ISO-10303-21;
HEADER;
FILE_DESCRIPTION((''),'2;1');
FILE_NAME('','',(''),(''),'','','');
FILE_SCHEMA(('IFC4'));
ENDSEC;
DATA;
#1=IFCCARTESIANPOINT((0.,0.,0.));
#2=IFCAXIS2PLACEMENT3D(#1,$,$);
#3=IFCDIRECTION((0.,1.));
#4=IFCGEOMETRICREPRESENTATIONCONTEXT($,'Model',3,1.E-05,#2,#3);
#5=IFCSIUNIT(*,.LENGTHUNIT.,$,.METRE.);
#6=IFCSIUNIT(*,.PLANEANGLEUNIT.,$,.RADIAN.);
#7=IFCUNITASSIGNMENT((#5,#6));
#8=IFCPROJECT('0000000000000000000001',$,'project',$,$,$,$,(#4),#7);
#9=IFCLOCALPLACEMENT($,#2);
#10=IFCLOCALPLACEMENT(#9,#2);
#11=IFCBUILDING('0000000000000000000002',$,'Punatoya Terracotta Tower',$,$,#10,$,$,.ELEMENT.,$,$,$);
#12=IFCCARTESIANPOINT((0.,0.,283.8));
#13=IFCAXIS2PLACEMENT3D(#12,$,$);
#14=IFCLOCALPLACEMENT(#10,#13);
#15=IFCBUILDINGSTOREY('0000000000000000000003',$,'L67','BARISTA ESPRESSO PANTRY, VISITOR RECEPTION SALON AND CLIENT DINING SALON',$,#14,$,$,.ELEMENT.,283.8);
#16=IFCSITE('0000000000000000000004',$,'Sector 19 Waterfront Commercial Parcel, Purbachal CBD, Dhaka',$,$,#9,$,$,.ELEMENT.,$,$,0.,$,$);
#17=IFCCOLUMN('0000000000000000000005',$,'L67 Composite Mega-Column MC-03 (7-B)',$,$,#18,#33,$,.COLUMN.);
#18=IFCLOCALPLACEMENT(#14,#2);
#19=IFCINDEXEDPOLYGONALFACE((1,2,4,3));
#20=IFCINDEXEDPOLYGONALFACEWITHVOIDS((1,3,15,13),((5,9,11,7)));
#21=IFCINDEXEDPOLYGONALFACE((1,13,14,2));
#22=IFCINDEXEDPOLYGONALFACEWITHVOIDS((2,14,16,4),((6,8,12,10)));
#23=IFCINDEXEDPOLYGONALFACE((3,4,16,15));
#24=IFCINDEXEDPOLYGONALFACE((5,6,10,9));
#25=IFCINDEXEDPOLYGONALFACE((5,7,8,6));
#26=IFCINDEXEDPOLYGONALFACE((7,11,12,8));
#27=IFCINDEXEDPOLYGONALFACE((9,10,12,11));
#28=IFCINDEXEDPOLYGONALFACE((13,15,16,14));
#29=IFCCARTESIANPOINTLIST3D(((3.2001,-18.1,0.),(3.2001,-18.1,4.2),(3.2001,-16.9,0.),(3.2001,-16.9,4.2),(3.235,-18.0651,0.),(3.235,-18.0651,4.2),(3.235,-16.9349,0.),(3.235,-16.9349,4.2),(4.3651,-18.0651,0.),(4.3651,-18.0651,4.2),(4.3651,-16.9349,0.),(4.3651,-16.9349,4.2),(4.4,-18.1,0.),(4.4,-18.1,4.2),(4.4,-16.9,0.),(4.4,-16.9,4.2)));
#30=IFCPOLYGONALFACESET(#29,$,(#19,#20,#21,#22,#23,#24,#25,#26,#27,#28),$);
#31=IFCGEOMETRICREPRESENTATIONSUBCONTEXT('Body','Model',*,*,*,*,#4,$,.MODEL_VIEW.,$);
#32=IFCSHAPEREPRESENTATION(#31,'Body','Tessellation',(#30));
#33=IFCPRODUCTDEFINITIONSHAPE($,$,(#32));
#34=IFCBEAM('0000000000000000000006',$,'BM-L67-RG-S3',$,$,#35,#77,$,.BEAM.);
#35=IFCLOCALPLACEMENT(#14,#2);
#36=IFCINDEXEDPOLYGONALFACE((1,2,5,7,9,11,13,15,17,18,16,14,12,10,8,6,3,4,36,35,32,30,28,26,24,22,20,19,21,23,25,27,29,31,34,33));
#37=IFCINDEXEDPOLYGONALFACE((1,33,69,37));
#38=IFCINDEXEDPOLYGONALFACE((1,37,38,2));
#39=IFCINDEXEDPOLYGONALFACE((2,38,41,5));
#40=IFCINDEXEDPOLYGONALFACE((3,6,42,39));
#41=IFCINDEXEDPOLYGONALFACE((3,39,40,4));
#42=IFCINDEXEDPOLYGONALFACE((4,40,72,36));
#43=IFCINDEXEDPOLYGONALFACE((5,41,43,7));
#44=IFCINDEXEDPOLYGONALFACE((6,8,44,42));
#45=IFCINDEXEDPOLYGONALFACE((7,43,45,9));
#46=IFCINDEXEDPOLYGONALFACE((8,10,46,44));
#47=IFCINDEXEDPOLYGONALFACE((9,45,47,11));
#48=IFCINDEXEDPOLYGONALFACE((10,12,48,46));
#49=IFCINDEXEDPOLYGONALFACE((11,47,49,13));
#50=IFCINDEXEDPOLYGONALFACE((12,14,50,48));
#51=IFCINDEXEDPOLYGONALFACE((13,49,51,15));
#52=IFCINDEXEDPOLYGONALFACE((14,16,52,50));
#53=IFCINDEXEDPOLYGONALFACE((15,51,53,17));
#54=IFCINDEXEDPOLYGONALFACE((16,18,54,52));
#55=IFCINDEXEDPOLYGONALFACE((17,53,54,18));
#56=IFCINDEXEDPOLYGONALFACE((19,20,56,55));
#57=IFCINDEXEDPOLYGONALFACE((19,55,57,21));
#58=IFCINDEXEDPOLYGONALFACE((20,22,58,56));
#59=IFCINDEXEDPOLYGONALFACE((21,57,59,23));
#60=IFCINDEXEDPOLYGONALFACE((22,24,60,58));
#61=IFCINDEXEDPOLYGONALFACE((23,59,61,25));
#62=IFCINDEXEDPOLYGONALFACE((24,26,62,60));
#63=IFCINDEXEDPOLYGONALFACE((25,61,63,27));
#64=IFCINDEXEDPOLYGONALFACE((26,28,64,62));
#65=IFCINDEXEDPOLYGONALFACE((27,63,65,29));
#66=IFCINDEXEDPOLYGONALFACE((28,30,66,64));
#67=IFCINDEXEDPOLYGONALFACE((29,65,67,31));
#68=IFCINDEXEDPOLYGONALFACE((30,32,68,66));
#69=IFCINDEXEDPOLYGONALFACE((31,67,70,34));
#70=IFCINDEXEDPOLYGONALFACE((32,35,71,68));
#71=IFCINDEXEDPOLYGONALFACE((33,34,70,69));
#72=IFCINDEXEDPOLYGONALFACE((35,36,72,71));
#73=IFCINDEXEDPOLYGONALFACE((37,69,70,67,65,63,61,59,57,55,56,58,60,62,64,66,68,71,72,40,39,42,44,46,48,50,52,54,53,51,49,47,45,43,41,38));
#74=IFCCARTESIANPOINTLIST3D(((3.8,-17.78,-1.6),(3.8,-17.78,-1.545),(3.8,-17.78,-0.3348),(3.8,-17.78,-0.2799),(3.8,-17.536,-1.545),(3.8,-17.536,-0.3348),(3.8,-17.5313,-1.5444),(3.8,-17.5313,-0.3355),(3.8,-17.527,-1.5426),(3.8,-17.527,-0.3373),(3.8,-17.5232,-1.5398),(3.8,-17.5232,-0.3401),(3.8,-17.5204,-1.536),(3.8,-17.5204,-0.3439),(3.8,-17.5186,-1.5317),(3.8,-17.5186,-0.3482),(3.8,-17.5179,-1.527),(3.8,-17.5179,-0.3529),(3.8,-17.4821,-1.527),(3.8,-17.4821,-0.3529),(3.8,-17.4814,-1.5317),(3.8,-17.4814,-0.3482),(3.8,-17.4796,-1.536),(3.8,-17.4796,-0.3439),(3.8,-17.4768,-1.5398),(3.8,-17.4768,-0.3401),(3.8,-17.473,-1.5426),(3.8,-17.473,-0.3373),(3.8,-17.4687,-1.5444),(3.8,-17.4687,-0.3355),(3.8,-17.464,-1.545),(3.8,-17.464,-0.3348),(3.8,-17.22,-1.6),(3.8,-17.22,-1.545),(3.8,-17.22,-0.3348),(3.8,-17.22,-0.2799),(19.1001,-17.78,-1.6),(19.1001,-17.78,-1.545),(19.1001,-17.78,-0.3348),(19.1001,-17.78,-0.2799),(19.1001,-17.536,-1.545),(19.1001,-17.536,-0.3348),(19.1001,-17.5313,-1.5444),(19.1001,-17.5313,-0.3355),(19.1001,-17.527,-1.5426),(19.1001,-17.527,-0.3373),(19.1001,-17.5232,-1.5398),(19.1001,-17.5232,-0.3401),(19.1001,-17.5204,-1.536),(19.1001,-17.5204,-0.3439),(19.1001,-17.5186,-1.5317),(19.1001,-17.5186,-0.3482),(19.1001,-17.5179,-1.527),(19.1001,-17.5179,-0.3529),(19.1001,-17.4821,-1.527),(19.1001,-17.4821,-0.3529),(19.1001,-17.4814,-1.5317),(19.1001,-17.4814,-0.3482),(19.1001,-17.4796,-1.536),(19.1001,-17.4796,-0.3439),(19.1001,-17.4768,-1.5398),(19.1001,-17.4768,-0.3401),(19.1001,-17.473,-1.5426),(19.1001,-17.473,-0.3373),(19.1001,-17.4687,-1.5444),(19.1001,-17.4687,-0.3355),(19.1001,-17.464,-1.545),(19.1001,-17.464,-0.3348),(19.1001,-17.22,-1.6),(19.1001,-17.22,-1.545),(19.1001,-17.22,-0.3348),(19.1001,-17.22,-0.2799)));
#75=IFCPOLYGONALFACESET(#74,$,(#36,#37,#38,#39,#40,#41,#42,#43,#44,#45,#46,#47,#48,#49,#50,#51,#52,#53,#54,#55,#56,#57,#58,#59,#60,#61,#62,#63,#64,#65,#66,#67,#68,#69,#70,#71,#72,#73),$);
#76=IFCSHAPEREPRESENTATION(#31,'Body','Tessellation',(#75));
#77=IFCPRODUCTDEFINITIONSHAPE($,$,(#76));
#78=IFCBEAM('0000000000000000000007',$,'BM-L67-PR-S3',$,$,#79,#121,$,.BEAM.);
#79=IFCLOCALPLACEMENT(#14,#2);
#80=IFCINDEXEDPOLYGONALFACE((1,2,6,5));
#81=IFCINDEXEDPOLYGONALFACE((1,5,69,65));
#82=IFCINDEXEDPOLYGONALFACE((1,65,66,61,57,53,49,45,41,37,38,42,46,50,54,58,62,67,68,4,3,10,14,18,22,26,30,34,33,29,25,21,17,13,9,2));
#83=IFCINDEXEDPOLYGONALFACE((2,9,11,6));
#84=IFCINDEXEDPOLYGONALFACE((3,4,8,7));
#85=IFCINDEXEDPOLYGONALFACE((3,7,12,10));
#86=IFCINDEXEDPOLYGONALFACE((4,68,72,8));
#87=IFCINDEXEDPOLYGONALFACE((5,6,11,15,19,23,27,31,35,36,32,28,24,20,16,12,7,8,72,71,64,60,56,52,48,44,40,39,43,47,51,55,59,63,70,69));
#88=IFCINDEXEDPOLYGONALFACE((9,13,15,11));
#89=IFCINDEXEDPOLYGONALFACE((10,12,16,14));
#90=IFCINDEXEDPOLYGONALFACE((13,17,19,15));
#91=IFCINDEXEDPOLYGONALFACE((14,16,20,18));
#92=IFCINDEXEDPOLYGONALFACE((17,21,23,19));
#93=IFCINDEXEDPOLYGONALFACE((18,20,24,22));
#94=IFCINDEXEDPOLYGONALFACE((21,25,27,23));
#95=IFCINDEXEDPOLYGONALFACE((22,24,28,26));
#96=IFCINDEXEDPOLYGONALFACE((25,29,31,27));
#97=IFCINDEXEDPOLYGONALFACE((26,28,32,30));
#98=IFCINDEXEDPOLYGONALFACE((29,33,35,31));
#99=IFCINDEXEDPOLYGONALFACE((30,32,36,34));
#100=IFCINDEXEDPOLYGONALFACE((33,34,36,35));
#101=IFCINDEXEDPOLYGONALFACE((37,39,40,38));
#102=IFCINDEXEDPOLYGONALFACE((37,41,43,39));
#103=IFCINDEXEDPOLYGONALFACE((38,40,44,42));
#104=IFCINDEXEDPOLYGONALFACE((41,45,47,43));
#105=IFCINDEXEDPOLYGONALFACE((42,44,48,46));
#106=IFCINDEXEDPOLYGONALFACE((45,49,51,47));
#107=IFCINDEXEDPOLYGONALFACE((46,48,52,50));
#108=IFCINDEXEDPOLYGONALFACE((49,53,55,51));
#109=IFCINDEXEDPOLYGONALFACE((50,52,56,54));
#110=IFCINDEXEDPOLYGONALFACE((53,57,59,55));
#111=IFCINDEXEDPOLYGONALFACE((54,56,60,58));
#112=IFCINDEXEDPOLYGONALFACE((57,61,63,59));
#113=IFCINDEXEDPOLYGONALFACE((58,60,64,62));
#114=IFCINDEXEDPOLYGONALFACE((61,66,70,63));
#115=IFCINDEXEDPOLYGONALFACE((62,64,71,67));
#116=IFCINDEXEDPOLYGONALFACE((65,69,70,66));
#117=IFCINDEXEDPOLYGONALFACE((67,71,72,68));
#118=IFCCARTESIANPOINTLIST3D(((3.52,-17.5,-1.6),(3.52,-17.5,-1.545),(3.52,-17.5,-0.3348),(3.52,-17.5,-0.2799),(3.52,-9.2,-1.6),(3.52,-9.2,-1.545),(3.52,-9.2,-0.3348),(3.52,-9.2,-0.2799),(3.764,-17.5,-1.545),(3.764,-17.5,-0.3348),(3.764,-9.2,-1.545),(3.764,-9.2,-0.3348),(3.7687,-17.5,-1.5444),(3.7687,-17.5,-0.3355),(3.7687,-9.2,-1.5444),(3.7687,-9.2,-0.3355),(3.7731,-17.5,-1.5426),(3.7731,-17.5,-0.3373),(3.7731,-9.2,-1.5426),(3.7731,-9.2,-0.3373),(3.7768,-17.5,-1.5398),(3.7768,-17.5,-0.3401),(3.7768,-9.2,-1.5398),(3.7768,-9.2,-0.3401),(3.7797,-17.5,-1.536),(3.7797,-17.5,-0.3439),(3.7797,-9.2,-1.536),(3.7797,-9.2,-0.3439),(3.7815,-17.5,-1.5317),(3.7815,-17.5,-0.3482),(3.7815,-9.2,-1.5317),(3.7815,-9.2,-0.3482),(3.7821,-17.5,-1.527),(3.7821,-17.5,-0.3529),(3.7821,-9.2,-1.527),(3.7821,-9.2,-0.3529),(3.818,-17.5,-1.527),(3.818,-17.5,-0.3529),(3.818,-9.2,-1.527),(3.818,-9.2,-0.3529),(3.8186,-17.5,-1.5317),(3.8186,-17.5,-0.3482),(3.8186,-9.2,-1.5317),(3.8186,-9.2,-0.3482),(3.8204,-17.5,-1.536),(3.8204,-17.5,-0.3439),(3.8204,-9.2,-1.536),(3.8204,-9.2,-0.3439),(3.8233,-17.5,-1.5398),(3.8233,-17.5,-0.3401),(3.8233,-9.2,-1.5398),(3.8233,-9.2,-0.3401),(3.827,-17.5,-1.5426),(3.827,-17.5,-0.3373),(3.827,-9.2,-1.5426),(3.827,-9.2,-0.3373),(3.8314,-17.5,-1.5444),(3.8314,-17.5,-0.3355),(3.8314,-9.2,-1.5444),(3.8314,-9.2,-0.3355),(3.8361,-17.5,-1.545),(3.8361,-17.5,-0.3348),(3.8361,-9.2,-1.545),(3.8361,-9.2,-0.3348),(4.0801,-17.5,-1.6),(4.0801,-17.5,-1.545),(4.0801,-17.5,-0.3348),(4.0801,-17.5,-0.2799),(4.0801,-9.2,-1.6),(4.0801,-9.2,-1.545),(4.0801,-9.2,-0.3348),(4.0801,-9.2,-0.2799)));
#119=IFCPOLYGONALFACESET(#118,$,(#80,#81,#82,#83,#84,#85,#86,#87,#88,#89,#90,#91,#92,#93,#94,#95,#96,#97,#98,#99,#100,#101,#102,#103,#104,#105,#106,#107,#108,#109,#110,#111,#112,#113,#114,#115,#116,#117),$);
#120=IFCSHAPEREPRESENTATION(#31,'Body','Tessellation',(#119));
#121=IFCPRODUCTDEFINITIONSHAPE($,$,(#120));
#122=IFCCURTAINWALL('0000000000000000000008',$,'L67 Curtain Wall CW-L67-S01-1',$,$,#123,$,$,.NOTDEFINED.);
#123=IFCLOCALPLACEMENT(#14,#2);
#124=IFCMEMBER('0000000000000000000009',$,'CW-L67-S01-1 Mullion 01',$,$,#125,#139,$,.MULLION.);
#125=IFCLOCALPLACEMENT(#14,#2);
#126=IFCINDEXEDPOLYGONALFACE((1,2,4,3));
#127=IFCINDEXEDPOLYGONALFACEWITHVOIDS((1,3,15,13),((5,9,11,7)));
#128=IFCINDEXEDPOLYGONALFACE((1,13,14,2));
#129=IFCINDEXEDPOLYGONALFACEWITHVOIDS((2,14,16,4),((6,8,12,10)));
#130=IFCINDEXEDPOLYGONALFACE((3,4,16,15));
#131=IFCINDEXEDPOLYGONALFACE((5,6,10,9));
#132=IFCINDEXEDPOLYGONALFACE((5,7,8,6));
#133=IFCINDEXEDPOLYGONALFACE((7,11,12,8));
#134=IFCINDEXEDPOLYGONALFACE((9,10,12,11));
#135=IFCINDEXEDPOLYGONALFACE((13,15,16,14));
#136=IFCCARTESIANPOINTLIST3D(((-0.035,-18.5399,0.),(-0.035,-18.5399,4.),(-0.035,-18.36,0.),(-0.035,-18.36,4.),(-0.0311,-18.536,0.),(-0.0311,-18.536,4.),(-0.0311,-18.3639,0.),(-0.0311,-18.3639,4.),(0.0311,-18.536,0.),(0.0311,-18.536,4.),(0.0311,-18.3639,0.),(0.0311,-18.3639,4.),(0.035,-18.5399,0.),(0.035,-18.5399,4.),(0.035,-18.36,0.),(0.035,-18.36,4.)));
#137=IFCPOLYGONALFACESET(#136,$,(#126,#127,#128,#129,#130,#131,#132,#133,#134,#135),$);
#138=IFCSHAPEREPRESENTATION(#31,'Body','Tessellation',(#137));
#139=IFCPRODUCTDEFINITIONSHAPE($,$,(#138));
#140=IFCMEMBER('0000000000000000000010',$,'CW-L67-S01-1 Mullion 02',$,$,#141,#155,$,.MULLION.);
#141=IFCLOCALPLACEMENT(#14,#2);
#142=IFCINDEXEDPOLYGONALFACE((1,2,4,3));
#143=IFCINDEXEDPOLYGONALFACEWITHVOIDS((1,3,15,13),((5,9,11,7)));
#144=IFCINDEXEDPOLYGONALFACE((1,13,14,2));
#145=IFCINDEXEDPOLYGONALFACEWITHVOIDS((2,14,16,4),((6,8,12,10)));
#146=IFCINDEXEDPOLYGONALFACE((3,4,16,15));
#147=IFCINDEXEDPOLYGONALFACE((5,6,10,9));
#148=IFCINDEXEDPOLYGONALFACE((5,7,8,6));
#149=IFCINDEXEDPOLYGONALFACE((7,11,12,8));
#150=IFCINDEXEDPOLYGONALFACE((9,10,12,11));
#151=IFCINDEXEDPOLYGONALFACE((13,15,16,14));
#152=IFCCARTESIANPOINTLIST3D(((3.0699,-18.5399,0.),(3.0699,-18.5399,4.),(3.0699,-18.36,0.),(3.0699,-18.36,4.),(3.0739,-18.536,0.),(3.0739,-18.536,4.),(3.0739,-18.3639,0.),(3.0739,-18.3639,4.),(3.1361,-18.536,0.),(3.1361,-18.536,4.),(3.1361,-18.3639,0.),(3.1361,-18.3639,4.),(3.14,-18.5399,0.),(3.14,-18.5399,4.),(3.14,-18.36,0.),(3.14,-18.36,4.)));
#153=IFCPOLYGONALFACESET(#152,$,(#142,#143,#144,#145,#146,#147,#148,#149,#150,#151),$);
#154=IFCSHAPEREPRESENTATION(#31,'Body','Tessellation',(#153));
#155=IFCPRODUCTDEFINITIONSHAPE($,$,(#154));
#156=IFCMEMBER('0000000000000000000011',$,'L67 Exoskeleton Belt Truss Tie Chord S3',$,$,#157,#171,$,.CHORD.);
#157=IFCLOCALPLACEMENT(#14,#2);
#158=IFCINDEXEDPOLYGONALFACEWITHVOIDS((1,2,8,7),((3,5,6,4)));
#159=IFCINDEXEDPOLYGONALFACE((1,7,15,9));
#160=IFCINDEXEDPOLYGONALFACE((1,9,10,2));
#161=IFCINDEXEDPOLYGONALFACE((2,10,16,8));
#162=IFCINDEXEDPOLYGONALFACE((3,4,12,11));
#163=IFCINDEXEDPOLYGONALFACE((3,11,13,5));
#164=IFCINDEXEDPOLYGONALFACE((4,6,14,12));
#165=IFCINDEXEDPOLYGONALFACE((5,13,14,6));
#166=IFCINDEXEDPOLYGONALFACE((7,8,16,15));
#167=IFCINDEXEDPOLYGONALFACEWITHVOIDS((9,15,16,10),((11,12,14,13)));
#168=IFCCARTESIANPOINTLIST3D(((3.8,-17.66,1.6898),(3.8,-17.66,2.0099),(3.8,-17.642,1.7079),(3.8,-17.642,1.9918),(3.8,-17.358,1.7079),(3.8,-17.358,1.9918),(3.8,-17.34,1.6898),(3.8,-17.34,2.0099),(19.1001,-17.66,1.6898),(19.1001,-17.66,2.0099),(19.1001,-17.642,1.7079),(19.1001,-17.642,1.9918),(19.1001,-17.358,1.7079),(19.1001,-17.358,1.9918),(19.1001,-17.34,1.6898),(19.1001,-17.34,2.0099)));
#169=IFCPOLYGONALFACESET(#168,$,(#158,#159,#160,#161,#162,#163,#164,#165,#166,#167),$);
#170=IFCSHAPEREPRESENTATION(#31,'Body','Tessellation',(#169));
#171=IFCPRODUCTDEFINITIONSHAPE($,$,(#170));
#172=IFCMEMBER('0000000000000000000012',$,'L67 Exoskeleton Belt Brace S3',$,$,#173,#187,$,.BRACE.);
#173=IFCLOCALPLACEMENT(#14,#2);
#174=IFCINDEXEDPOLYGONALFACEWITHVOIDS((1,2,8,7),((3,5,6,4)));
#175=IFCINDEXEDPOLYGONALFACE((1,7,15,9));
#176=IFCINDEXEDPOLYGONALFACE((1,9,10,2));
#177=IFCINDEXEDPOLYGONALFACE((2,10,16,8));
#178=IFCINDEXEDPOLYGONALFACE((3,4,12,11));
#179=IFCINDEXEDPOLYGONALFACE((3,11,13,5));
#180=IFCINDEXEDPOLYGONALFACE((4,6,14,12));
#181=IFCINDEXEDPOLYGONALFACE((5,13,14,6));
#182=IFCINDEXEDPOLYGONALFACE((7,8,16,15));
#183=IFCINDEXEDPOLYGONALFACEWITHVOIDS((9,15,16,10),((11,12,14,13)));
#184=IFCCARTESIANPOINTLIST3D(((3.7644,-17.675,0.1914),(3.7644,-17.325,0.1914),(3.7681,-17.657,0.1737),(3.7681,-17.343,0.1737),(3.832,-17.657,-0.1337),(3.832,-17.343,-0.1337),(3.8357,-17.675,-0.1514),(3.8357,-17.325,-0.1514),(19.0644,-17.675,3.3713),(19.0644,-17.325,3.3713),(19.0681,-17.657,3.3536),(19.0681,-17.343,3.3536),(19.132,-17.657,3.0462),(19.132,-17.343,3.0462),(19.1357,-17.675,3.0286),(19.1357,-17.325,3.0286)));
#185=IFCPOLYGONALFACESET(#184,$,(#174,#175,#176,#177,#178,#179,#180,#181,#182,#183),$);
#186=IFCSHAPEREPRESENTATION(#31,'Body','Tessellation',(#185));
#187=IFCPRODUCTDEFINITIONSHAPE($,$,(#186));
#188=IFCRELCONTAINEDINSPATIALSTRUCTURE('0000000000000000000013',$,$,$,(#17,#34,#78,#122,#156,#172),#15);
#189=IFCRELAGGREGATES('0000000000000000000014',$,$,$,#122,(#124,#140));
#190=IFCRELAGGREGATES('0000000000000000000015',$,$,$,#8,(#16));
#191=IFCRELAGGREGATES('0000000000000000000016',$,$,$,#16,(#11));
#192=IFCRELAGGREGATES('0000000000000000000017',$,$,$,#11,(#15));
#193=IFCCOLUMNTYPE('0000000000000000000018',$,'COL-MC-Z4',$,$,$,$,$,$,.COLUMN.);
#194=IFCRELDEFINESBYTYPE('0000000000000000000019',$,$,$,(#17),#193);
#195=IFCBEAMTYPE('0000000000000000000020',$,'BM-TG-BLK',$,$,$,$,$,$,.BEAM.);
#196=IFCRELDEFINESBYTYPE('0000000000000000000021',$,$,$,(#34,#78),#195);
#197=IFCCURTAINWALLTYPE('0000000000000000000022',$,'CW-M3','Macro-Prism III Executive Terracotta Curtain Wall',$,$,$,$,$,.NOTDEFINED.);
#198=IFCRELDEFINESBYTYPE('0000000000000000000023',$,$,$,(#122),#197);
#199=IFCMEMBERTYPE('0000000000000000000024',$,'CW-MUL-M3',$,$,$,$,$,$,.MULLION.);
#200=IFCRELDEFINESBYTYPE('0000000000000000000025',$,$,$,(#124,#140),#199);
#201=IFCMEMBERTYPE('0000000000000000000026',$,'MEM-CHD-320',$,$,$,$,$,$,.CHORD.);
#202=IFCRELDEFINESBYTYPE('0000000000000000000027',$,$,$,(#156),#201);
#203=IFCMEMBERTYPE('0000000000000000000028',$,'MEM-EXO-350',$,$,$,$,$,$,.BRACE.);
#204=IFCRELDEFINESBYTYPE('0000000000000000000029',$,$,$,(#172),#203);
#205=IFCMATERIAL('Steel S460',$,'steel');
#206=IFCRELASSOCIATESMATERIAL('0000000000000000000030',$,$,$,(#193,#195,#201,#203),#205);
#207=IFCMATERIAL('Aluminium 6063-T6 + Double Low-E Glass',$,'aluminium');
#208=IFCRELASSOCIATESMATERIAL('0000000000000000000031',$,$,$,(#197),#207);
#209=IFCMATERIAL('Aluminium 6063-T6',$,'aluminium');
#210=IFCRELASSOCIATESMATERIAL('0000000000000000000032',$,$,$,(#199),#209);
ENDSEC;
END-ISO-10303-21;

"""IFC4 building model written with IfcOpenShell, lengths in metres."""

from ifc_helpers import new_model, si_unit, direction, frame, origin, origin_2d, place, context, subcontext, project, spatial, hollow_rectangle, i_section, extrude, material, material_profile, profile_set, type_object, element, aggregate, save


model = new_model("IFC4")

# Units and contexts
model_context = context("Model", 3, precision=1e-05, world=origin(), true_north=direction((0.0, 1.0)))
body_context = subcontext(model_context, "Body", "Model", "MODEL_VIEW")
ifc_project = project(units=[si_unit("LENGTHUNIT", "METRE"), si_unit("PLANEANGLEUNIT", "RADIAN")], contexts=[model_context])

# Site, building, storey
site_placement = place(None, origin())
site = spatial("IfcSite", under=ifc_project, at=site_placement, Name="Sector 19 Waterfront Commercial Parcel, Purbachal CBD, Dhaka", CompositionType="ELEMENT", RefElevation=0.0)
building_placement = place(site_placement, origin())
building = spatial("IfcBuilding", under=site, at=building_placement, Name="Punatoya Terracotta Tower", CompositionType="ELEMENT")
storey_placement = place(building_placement, frame((0.0, 0.0, 283.8)))
storey = spatial("IfcBuildingStorey", under=building, at=storey_placement, Name="L67", Description="BARISTA ESPRESSO PANTRY, VISITOR RECEPTION SALON AND CLIENT DINING SALON", CompositionType="ELEMENT", Elevation=283.8)

# Column
ifc_material_1 = material(Name="Steel S460", Category="steel")
ifc_material_profile_1 = material_profile(ifc_material_1, hollow_rectangle(XDim=1.2, YDim=1.2, WallThickness=0.0349, at=origin_2d()))
ifc_profile_set_1 = profile_set([ifc_material_profile_1], Name="Steel S460")
column_type = type_object("IfcColumnType", Name="COL-MC-Z4", PredefinedType="COLUMN", material=ifc_profile_set_1)
column_placement = place(storey_placement, frame((3.8, -17.5, 0.0), z_axis=(0.0, 0.0, 1.0), x_axis=(1.0, 0.0, 0.0)))
element("IfcColumn", 1, at=column_placement, inside=storey, type_object=column_type, Name="L67 Composite Mega-Column MC-03 (7-B)", PredefinedType="COLUMN", context=body_context, shape_type="SweptSolid", body=[
    extrude(hollow_rectangle(XDim=1.2, YDim=1.2, WallThickness=0.0349, at=origin_2d()), origin(), (0.0, 0.0, 1.0), 4.2),
])

# Beams
ifc_material_profile_2 = material_profile(ifc_material_1, i_section(OverallWidth=0.5601, OverallDepth=1.3201, WebThickness=0.0359, FlangeThickness=0.0549, FilletRadius=0.0181, at=origin_2d()))
ifc_profile_set_2 = profile_set([ifc_material_profile_2], Name="Steel S460")
beam_type = type_object("IfcBeamType", Name="BM-TG-BLK", PredefinedType="BEAM", material=ifc_profile_set_2)
beam_1_placement = place(storey_placement, frame((3.8, -17.5, -0.9399), z_axis=(1.0, 0.0, 0.0), x_axis=(0.0, 1.0, 0.0)))
element("IfcBeam", 2, at=beam_1_placement, inside=storey, type_object=beam_type, Name="BM-L67-RG-S3", PredefinedType="BEAM", context=body_context, shape_type="SweptSolid", body=[
    extrude(i_section(OverallWidth=0.5601, OverallDepth=1.3201, WebThickness=0.0359, FlangeThickness=0.0549, FilletRadius=0.0181, at=origin_2d()), origin(), (0.0, 0.0, 1.0), 15.3),
])
beam_2_placement = place(storey_placement, frame((3.8, -17.5, -0.9399), z_axis=(0.0, 1.0, 0.0), x_axis=(-1.0, 0.0, 0.0)))
element("IfcBeam", 3, at=beam_2_placement, inside=storey, type_object=beam_type, Name="BM-L67-PR-S3", PredefinedType="BEAM", context=body_context, shape_type="SweptSolid", body=[
    extrude(i_section(OverallWidth=0.5601, OverallDepth=1.3201, WebThickness=0.0359, FlangeThickness=0.0549, FilletRadius=0.0181, at=origin_2d()), origin(), (0.0, 0.0, 1.0), 8.3),
])

# Curtain wall, members
ifc_material_2 = material(Name="Aluminium 6063-T6 + Double Low-E Glass", Category="aluminium")
curtain_wall_type = type_object("IfcCurtainWallType", Name="CW-M3", Description="Macro-Prism III Executive Terracotta Curtain Wall", PredefinedType="NOTDEFINED", material=ifc_material_2)
curtain_wall_placement = place(storey_placement, origin())
curtain_wall = element("IfcCurtainWall", 4, at=curtain_wall_placement, inside=storey, type_object=curtain_wall_type, Name="L67 Curtain Wall CW-L67-S01-1", PredefinedType="NOTDEFINED")
ifc_material_3 = material(Name="Aluminium 6063-T6", Category="aluminium")
ifc_material_profile_3 = material_profile(ifc_material_3, hollow_rectangle(XDim=0.0701, YDim=0.1799, WallThickness=0.0039, at=origin_2d()))
ifc_profile_set_3 = profile_set([ifc_material_profile_3], Name="Aluminium 6063-T6")
member_type_1 = type_object("IfcMemberType", Name="CW-MUL-M3", PredefinedType="MULLION", material=ifc_profile_set_3)
member_1_placement = place(storey_placement, frame((0.0, -18.45, 0.0), z_axis=(0.0, 0.0, 1.0), x_axis=(1.0, 0.0, 0.0)))
member_1 = element("IfcMember", 5, at=member_1_placement, type_object=member_type_1, Name="CW-L67-S01-1 Mullion 01", PredefinedType="MULLION", context=body_context, shape_type="SweptSolid", body=[
    extrude(hollow_rectangle(XDim=0.0701, YDim=0.1799, WallThickness=0.0039, at=origin_2d()), origin(), (0.0, 0.0, 1.0), 4.0),
])
member_2_placement = place(storey_placement, frame((3.105, -18.45, 0.0), z_axis=(0.0, 0.0, 1.0), x_axis=(1.0, 0.0, 0.0)))
member_2 = element("IfcMember", 6, at=member_2_placement, type_object=member_type_1, Name="CW-L67-S01-1 Mullion 02", PredefinedType="MULLION", context=body_context, shape_type="SweptSolid", body=[
    extrude(hollow_rectangle(XDim=0.0701, YDim=0.1799, WallThickness=0.0039, at=origin_2d()), origin(), (0.0, 0.0, 1.0), 4.0),
])

# Members
ifc_material_profile_4 = material_profile(ifc_material_1, hollow_rectangle(XDim=0.3201, YDim=0.3201, WallThickness=0.0181, at=origin_2d()))
ifc_profile_set_4 = profile_set([ifc_material_profile_4], Name="Steel S460")
member_type_2 = type_object("IfcMemberType", Name="MEM-CHD-320", PredefinedType="CHORD", material=ifc_profile_set_4)
member_3_placement = place(storey_placement, frame((3.8, -17.5, 1.8499), z_axis=(1.0, 0.0, 0.0), x_axis=(0.0, 1.0, 0.0)))
element("IfcMember", 7, at=member_3_placement, inside=storey, type_object=member_type_2, Name="L67 Exoskeleton Belt Truss Tie Chord S3", PredefinedType="CHORD", context=body_context, shape_type="SweptSolid", body=[
    extrude(hollow_rectangle(XDim=0.3201, YDim=0.3201, WallThickness=0.0181, at=origin_2d()), origin(), (0.0, 0.0, 1.0), 15.3),
])
ifc_material_profile_5 = material_profile(ifc_material_1, hollow_rectangle(XDim=0.3501, YDim=0.3501, WallThickness=0.0181, at=origin_2d()))
ifc_profile_set_5 = profile_set([ifc_material_profile_5], Name="Steel S460")
member_type_3 = type_object("IfcMemberType", Name="MEM-EXO-350", PredefinedType="BRACE", material=ifc_profile_set_5)
member_4_placement = place(storey_placement, frame((3.8, -17.5, 0.02), z_axis=(0.979077, 0.0, 0.203489), x_axis=(0.0, 1.0, 0.0)))
element("IfcMember", 8, at=member_4_placement, inside=storey, type_object=member_type_3, Name="L67 Exoskeleton Belt Brace S3", PredefinedType="BRACE", context=body_context, shape_type="SweptSolid", body=[
    extrude(hollow_rectangle(XDim=0.3501, YDim=0.3501, WallThickness=0.0181, at=origin_2d()), origin(), (0.0, 0.0, 1.0), 15.627),
])

aggregate(curtain_wall, [member_1, member_2])

save(model, "model.ifc")
